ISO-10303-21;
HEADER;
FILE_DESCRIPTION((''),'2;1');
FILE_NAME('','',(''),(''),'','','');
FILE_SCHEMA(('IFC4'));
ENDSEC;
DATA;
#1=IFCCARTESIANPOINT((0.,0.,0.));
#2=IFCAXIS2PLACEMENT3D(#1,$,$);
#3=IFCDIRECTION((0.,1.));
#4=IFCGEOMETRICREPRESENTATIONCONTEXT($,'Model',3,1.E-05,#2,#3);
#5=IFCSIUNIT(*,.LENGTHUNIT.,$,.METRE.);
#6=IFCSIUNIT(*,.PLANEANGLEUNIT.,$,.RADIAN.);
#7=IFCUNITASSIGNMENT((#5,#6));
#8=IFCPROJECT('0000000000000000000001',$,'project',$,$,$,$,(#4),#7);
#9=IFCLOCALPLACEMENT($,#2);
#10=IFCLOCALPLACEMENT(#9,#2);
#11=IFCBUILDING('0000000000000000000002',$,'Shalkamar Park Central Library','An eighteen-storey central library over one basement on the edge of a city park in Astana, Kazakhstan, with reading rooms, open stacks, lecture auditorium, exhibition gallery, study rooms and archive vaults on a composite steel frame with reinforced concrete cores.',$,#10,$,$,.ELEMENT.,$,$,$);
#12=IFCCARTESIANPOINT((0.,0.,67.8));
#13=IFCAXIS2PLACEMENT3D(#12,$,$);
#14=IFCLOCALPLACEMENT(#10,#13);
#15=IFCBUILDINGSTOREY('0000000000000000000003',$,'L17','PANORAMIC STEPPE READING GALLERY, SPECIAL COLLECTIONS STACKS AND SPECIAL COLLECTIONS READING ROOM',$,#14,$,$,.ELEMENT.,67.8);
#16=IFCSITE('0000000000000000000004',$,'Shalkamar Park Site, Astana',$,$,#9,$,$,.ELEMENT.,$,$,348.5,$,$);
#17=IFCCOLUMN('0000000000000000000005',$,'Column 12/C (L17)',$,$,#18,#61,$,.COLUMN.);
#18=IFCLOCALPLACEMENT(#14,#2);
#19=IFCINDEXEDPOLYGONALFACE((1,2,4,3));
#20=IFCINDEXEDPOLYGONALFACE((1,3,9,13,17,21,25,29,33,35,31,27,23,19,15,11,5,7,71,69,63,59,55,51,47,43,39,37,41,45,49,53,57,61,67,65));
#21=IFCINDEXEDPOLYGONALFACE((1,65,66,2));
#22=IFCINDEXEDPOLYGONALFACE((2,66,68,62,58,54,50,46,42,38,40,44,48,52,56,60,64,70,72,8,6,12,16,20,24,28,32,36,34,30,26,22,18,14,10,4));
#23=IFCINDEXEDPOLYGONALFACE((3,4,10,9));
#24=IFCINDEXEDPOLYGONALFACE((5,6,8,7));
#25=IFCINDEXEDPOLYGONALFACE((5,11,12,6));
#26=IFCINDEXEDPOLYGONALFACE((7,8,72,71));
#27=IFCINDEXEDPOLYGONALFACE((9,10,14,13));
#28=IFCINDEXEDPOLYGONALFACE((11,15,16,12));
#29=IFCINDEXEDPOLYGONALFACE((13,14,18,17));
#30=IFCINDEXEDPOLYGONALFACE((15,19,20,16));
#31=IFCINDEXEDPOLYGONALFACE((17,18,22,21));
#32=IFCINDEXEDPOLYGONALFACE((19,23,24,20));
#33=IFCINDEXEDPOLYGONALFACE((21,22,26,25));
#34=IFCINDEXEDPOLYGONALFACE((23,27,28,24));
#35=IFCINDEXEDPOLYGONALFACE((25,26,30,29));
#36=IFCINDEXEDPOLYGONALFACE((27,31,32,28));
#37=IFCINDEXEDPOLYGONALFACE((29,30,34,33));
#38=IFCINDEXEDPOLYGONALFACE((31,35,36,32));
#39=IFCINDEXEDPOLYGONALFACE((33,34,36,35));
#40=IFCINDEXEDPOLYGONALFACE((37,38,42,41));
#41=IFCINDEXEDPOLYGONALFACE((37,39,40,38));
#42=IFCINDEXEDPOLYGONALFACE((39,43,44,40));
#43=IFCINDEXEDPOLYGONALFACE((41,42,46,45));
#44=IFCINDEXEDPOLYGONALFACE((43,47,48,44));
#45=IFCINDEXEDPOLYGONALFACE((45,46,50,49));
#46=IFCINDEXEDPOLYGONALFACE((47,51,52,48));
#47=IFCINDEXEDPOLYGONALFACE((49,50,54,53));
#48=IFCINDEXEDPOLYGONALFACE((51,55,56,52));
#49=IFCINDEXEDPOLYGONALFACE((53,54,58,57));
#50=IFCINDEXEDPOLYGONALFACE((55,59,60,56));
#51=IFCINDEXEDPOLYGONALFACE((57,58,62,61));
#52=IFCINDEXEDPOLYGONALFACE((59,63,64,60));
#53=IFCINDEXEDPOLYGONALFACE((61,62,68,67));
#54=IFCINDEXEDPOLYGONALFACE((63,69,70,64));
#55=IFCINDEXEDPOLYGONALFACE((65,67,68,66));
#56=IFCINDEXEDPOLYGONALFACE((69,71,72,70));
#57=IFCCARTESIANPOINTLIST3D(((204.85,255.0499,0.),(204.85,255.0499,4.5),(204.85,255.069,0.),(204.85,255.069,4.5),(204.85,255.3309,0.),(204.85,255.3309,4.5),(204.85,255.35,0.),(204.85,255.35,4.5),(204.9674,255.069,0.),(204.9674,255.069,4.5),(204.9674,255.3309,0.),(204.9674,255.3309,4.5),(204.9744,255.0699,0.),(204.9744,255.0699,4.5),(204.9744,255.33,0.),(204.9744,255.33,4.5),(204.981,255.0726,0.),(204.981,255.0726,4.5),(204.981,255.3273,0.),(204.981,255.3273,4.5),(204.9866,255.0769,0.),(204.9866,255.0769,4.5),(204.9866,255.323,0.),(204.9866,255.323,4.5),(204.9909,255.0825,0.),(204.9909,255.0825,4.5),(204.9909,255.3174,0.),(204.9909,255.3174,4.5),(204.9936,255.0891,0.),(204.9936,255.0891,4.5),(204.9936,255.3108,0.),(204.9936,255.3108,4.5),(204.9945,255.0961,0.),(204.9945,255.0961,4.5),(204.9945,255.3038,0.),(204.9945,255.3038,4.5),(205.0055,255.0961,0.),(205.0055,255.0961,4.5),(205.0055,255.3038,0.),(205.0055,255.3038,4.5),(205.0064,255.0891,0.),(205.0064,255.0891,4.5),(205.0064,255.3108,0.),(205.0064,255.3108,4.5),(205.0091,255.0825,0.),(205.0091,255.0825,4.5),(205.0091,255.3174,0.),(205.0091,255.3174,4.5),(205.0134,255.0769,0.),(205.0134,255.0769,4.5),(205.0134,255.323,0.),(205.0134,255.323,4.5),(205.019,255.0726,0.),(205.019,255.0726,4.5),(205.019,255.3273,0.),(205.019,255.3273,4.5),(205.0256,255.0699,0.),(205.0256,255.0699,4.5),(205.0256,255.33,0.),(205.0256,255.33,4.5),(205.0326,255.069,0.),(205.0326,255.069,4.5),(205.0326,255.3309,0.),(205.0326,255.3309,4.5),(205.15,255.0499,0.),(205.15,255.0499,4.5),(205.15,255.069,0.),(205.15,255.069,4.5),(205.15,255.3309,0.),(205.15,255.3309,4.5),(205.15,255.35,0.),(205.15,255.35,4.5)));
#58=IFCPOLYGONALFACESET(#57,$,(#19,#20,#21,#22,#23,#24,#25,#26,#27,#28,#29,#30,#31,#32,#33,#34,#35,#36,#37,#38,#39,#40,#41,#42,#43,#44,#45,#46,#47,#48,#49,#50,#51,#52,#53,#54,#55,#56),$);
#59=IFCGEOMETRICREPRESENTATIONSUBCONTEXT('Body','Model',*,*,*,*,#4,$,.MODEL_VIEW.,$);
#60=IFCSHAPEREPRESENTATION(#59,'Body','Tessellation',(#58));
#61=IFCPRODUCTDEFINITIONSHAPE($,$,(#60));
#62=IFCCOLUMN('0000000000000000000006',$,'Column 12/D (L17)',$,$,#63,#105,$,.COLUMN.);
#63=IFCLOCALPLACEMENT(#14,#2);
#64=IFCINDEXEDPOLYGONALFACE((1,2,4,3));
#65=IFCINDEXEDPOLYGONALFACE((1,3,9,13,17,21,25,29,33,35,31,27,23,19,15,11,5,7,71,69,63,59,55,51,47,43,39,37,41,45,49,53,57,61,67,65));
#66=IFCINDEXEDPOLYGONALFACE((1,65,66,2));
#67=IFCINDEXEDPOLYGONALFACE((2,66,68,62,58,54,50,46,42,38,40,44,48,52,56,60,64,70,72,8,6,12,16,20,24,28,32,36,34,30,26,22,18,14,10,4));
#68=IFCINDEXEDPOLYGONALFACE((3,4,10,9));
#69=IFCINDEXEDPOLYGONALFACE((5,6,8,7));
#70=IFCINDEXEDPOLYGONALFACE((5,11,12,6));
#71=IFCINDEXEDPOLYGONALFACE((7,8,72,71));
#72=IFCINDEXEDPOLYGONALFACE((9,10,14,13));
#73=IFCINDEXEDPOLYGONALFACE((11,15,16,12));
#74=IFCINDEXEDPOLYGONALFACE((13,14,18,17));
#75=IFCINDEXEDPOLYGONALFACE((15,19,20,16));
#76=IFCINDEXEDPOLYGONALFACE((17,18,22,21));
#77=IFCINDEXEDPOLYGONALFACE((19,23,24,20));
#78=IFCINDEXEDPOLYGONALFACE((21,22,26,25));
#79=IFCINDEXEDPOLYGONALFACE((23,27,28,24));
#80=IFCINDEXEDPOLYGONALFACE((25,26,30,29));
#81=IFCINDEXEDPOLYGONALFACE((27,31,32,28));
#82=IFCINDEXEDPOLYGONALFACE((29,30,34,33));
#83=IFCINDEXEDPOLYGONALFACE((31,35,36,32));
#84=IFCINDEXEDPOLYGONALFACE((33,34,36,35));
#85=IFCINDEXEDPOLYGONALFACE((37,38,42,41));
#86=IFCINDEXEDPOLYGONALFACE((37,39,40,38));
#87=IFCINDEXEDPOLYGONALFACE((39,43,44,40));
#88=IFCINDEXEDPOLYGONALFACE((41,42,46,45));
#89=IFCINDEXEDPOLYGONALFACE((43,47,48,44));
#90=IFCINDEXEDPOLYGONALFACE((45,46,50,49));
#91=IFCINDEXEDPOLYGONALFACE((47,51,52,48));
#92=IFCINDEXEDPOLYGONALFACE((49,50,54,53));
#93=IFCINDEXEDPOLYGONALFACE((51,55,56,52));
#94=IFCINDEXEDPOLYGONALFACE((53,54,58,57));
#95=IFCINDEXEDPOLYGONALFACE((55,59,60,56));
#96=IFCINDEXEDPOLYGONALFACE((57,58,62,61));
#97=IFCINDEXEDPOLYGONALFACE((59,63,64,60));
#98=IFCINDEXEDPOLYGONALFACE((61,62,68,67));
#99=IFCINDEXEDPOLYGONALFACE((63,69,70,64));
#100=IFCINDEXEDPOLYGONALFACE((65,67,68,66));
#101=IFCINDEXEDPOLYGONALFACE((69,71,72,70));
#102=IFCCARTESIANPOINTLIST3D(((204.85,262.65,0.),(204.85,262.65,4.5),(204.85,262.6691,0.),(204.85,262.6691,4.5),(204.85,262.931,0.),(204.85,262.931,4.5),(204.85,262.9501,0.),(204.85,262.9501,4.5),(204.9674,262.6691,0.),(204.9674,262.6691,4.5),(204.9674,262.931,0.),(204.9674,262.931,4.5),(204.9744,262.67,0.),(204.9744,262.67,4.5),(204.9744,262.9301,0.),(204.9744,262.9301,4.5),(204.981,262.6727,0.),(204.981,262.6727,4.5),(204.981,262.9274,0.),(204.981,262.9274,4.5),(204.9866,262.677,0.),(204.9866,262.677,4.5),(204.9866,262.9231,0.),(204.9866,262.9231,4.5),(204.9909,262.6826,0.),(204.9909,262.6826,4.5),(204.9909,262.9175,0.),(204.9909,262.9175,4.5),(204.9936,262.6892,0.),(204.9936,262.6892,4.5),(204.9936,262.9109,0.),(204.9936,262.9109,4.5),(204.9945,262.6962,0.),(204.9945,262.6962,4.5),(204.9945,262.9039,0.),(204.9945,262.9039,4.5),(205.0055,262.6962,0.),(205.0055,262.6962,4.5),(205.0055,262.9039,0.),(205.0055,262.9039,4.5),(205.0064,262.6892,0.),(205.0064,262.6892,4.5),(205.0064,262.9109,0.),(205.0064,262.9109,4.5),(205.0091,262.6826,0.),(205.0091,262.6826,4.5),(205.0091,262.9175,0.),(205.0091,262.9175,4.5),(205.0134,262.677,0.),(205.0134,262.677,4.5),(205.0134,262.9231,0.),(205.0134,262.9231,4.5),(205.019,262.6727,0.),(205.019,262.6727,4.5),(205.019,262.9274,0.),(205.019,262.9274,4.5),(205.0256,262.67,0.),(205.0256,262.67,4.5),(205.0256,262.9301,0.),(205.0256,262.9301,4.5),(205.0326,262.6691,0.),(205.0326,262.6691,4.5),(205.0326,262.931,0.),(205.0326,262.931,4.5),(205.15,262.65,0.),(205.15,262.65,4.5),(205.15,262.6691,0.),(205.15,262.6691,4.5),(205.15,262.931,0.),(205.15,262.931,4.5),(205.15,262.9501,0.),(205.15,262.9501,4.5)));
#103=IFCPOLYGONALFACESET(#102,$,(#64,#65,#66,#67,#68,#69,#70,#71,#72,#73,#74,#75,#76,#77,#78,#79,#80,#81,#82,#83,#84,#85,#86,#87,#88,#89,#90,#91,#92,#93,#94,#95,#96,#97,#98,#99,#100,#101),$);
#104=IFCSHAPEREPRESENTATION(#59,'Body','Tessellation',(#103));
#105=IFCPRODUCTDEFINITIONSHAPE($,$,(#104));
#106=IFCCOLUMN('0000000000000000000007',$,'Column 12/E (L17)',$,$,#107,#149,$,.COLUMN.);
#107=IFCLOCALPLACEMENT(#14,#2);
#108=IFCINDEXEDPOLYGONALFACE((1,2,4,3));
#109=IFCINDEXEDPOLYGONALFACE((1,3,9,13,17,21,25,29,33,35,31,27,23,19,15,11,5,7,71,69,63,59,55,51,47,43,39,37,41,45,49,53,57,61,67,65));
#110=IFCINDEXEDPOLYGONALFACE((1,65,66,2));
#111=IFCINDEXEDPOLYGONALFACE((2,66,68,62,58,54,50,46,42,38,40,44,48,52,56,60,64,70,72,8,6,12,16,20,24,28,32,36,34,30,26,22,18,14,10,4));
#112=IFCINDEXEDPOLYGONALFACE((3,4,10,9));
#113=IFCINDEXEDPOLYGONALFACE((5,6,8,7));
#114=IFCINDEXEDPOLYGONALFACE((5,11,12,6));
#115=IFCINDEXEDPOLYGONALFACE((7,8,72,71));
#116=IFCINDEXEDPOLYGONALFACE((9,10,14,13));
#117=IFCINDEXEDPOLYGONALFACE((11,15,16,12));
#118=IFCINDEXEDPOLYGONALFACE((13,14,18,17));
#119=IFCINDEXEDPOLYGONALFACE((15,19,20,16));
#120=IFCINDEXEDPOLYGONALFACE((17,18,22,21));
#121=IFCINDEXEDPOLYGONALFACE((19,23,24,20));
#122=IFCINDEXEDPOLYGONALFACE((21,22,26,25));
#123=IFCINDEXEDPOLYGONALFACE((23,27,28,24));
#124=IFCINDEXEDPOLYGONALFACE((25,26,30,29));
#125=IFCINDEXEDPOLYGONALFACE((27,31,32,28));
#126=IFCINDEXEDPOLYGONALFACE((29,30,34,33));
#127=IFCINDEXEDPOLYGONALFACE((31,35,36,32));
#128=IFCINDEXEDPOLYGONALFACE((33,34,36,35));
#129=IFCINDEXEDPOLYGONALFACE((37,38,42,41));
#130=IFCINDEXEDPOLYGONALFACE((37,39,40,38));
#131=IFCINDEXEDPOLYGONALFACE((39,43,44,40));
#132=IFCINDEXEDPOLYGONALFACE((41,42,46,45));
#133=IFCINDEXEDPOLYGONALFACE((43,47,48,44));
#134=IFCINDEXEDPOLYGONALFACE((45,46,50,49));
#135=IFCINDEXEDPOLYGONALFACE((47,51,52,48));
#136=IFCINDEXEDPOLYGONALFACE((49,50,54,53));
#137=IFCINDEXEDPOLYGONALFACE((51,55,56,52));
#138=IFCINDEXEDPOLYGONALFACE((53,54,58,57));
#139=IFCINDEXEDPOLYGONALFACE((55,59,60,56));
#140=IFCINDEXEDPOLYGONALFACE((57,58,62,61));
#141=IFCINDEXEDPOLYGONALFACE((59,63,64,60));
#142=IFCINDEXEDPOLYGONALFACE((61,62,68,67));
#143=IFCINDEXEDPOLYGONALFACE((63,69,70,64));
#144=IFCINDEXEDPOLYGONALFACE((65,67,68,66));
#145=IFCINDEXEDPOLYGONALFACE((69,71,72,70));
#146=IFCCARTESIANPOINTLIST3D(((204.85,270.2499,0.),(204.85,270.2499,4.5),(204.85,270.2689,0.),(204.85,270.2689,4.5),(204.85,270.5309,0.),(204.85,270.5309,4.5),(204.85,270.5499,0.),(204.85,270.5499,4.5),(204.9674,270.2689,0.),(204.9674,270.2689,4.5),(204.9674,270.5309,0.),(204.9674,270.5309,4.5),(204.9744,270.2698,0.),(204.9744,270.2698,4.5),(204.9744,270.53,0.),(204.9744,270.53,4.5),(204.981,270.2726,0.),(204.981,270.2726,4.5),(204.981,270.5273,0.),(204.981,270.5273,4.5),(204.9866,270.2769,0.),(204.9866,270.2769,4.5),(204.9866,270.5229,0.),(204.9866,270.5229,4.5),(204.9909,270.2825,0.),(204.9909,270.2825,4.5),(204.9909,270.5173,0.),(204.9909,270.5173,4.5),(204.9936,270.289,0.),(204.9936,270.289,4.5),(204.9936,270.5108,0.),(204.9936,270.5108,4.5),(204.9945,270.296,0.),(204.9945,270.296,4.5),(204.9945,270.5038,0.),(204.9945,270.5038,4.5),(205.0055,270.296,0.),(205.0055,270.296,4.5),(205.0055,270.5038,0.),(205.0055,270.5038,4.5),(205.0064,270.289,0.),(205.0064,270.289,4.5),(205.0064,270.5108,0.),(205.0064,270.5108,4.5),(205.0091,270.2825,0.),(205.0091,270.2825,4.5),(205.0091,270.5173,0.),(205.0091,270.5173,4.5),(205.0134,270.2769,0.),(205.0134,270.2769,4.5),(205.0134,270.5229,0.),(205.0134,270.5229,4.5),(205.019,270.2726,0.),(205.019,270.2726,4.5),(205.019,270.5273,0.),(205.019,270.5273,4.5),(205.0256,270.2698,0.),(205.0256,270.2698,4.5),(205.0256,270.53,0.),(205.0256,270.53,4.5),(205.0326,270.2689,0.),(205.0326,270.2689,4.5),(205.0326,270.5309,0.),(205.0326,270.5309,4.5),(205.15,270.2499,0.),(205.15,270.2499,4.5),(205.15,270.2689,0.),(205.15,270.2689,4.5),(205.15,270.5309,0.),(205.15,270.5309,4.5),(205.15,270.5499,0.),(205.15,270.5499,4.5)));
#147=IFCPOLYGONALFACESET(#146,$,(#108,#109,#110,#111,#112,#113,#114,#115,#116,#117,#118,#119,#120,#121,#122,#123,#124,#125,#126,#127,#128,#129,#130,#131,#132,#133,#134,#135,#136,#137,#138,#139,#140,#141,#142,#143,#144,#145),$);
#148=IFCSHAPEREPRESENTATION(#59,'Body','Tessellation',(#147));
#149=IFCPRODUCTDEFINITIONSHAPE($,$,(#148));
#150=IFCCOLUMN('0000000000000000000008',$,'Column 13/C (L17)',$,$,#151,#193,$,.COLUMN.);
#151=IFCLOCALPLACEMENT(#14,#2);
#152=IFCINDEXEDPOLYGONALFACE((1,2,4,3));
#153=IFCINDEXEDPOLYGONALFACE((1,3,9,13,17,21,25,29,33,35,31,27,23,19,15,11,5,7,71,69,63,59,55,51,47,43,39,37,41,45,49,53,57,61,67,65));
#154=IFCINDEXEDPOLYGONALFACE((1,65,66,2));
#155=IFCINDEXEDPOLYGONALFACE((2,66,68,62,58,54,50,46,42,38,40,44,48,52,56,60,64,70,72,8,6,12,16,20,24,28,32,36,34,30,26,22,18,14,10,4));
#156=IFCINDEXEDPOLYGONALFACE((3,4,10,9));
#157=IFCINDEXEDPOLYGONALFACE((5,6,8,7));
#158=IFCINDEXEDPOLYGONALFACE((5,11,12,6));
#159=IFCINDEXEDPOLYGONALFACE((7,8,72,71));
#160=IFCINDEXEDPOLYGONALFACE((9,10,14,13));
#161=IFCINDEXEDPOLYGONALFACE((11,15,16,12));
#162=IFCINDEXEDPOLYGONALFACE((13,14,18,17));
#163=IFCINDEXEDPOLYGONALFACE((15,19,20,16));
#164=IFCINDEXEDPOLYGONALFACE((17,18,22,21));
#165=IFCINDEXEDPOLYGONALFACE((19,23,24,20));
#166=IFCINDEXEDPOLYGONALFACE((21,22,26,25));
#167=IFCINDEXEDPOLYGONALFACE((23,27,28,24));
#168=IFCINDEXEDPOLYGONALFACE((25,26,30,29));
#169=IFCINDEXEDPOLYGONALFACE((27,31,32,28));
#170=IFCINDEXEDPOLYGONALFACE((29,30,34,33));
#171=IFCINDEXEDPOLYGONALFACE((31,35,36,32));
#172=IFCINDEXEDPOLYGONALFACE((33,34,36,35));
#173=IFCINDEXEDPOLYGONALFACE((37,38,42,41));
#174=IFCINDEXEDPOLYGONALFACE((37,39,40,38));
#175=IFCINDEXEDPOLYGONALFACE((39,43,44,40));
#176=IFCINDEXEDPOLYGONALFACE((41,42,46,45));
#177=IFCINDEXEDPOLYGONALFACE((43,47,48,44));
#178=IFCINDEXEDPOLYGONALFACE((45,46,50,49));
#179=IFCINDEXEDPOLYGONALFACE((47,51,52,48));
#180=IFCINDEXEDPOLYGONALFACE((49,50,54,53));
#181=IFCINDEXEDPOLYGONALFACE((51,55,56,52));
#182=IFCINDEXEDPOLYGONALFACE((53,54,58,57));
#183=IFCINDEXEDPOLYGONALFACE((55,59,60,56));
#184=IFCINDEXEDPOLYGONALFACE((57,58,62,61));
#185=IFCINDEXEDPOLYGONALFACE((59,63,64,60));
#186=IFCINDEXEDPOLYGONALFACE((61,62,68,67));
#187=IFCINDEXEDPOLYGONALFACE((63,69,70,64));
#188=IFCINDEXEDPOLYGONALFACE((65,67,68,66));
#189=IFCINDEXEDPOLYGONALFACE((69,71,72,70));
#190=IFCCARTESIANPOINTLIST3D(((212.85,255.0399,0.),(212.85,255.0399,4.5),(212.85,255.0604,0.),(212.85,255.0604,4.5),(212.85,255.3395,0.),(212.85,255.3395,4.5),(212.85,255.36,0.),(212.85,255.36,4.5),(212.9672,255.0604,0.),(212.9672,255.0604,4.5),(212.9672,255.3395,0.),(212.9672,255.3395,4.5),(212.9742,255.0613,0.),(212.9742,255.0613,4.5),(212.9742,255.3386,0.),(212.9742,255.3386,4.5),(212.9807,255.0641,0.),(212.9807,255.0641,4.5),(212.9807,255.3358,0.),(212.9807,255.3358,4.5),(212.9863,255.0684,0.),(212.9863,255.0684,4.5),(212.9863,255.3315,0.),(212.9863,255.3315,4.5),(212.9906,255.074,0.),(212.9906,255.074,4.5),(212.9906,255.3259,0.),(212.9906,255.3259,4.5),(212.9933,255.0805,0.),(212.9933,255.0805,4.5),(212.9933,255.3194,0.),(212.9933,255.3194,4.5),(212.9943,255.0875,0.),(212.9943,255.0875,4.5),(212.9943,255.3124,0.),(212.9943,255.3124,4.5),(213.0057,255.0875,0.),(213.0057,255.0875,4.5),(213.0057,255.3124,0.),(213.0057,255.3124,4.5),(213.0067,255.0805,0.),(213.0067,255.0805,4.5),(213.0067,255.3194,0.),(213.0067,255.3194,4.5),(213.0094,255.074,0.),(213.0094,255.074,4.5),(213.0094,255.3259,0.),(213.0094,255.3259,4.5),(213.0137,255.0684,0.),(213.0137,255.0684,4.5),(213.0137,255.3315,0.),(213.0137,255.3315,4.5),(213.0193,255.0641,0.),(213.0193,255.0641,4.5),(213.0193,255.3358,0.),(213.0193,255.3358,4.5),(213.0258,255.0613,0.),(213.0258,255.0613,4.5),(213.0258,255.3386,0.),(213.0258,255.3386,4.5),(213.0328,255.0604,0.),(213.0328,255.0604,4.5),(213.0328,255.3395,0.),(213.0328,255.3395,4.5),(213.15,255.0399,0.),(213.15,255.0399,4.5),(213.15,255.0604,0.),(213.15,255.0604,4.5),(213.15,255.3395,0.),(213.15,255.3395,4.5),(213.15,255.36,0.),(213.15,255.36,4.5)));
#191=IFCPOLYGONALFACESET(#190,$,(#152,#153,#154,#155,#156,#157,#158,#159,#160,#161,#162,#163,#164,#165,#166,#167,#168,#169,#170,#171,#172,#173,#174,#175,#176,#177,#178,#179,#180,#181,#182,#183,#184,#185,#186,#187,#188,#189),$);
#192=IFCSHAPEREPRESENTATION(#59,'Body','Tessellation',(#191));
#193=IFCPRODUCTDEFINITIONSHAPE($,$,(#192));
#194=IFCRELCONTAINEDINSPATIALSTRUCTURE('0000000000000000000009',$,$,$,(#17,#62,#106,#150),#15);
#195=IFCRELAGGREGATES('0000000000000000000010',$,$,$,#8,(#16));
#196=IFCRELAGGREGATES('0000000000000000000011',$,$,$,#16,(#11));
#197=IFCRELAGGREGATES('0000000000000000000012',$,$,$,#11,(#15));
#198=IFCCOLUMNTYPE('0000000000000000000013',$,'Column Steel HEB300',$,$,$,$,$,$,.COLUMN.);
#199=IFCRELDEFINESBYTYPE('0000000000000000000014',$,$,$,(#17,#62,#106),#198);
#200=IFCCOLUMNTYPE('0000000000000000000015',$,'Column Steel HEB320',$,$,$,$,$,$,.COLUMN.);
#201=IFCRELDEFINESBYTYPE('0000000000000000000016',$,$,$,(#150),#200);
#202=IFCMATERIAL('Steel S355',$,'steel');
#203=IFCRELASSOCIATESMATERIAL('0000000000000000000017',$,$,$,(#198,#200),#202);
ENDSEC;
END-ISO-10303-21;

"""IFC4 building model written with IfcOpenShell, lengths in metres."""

from ifc_helpers import new_model, si_unit, direction, frame, origin, origin_2d, place, context, subcontext, project, spatial, i_section, extrude, material, material_profile, profile_set, type_object, element, save


model = new_model("IFC4")

# Units and contexts
model_context = context("Model", 3, precision=1e-05, world=origin(), true_north=direction((0.0, 1.0)))
body_context = subcontext(model_context, "Body", "Model", "MODEL_VIEW")
ifc_project = project(units=[si_unit("LENGTHUNIT", "METRE"), si_unit("PLANEANGLEUNIT", "RADIAN")], contexts=[model_context])

# Site, building, storey
site_placement = place(None, origin())
site = spatial("IfcSite", under=ifc_project, at=site_placement, Name="Shalkamar Park Site, Astana", CompositionType="ELEMENT", RefElevation=348.5)
building_placement = place(site_placement, origin())
building = spatial("IfcBuilding", under=site, at=building_placement, Name="Shalkamar Park Central Library", Description="An eighteen-storey central library over one basement on the edge of a city park in Astana, Kazakhstan, with reading rooms, open stacks, lecture auditorium, exhibition gallery, study rooms and archive vaults on a composite steel frame with reinforced concrete cores.", CompositionType="ELEMENT")
storey_placement = place(building_placement, frame((0.0, 0.0, 67.8)))
storey = spatial("IfcBuildingStorey", under=building, at=storey_placement, Name="L17", Description="PANORAMIC STEPPE READING GALLERY, SPECIAL COLLECTIONS STACKS AND SPECIAL COLLECTIONS READING ROOM", CompositionType="ELEMENT", Elevation=67.8)

# Columns
ifc_material_1 = material(Name="Steel S355", Category="steel")
ifc_material_profile_1 = material_profile(ifc_material_1, i_section(OverallWidth=0.3, OverallDepth=0.3, WebThickness=0.011, FlangeThickness=0.019, FilletRadius=0.0271, at=origin_2d()), Name="HEB 300")
ifc_profile_set_1 = profile_set([ifc_material_profile_1], Name="Steel S355")
column_type_1 = type_object("IfcColumnType", Name="Column Steel HEB300", PredefinedType="COLUMN", material=ifc_profile_set_1)
for number, where, z_axis, x_axis, name in (
    (1, (205.0, 255.2, 0.0), (0.0, 0.0, 1.0), (1.0, 0.0, 0.0), "Column 12/C (L17)"),
    (2, (205.0, 262.8, 0.0), (0.0, 0.0, 1.0), (1.0, 0.0, 0.0), "Column 12/D (L17)"),
    (3, (205.0, 270.3999, 0.0), (0.0, 0.0, 1.0), (1.0, 0.0, 0.0), "Column 12/E (L17)"),
):
    element("IfcColumn", number, at=place(storey_placement, frame(where, z_axis=z_axis, x_axis=x_axis)), inside=storey, type_object=column_type_1, Name=name, PredefinedType="COLUMN", context=body_context, shape_type="SweptSolid", body=[
        extrude(i_section(OverallWidth=0.3, OverallDepth=0.3, WebThickness=0.011, FlangeThickness=0.019, FilletRadius=0.0271, at=origin_2d()), origin(), (0.0, 0.0, 1.0), 4.5),
    ])
ifc_material_profile_2 = material_profile(ifc_material_1, i_section(OverallWidth=0.3, OverallDepth=0.3201, WebThickness=0.0115, FlangeThickness=0.0205, FilletRadius=0.0271, at=origin_2d()), Name="HEB 320")
ifc_profile_set_2 = profile_set([ifc_material_profile_2], Name="Steel S355")
column_type_2 = type_object("IfcColumnType", Name="Column Steel HEB320", PredefinedType="COLUMN", material=ifc_profile_set_2)
for number, where, z_axis, x_axis, name in (
    (4, (213.0, 255.2, 0.0), (0.0, 0.0, 1.0), (1.0, 0.0, 0.0), "Column 13/C (L17)"),
):
    element("IfcColumn", number, at=place(storey_placement, frame(where, z_axis=z_axis, x_axis=x_axis)), inside=storey, type_object=column_type_2, Name=name, PredefinedType="COLUMN", context=body_context, shape_type="SweptSolid", body=[
        extrude(i_section(OverallWidth=0.3, OverallDepth=0.3201, WebThickness=0.0115, FlangeThickness=0.0205, FilletRadius=0.0271, at=origin_2d()), origin(), (0.0, 0.0, 1.0), 4.5),
    ])

save(model, "model.ifc")
